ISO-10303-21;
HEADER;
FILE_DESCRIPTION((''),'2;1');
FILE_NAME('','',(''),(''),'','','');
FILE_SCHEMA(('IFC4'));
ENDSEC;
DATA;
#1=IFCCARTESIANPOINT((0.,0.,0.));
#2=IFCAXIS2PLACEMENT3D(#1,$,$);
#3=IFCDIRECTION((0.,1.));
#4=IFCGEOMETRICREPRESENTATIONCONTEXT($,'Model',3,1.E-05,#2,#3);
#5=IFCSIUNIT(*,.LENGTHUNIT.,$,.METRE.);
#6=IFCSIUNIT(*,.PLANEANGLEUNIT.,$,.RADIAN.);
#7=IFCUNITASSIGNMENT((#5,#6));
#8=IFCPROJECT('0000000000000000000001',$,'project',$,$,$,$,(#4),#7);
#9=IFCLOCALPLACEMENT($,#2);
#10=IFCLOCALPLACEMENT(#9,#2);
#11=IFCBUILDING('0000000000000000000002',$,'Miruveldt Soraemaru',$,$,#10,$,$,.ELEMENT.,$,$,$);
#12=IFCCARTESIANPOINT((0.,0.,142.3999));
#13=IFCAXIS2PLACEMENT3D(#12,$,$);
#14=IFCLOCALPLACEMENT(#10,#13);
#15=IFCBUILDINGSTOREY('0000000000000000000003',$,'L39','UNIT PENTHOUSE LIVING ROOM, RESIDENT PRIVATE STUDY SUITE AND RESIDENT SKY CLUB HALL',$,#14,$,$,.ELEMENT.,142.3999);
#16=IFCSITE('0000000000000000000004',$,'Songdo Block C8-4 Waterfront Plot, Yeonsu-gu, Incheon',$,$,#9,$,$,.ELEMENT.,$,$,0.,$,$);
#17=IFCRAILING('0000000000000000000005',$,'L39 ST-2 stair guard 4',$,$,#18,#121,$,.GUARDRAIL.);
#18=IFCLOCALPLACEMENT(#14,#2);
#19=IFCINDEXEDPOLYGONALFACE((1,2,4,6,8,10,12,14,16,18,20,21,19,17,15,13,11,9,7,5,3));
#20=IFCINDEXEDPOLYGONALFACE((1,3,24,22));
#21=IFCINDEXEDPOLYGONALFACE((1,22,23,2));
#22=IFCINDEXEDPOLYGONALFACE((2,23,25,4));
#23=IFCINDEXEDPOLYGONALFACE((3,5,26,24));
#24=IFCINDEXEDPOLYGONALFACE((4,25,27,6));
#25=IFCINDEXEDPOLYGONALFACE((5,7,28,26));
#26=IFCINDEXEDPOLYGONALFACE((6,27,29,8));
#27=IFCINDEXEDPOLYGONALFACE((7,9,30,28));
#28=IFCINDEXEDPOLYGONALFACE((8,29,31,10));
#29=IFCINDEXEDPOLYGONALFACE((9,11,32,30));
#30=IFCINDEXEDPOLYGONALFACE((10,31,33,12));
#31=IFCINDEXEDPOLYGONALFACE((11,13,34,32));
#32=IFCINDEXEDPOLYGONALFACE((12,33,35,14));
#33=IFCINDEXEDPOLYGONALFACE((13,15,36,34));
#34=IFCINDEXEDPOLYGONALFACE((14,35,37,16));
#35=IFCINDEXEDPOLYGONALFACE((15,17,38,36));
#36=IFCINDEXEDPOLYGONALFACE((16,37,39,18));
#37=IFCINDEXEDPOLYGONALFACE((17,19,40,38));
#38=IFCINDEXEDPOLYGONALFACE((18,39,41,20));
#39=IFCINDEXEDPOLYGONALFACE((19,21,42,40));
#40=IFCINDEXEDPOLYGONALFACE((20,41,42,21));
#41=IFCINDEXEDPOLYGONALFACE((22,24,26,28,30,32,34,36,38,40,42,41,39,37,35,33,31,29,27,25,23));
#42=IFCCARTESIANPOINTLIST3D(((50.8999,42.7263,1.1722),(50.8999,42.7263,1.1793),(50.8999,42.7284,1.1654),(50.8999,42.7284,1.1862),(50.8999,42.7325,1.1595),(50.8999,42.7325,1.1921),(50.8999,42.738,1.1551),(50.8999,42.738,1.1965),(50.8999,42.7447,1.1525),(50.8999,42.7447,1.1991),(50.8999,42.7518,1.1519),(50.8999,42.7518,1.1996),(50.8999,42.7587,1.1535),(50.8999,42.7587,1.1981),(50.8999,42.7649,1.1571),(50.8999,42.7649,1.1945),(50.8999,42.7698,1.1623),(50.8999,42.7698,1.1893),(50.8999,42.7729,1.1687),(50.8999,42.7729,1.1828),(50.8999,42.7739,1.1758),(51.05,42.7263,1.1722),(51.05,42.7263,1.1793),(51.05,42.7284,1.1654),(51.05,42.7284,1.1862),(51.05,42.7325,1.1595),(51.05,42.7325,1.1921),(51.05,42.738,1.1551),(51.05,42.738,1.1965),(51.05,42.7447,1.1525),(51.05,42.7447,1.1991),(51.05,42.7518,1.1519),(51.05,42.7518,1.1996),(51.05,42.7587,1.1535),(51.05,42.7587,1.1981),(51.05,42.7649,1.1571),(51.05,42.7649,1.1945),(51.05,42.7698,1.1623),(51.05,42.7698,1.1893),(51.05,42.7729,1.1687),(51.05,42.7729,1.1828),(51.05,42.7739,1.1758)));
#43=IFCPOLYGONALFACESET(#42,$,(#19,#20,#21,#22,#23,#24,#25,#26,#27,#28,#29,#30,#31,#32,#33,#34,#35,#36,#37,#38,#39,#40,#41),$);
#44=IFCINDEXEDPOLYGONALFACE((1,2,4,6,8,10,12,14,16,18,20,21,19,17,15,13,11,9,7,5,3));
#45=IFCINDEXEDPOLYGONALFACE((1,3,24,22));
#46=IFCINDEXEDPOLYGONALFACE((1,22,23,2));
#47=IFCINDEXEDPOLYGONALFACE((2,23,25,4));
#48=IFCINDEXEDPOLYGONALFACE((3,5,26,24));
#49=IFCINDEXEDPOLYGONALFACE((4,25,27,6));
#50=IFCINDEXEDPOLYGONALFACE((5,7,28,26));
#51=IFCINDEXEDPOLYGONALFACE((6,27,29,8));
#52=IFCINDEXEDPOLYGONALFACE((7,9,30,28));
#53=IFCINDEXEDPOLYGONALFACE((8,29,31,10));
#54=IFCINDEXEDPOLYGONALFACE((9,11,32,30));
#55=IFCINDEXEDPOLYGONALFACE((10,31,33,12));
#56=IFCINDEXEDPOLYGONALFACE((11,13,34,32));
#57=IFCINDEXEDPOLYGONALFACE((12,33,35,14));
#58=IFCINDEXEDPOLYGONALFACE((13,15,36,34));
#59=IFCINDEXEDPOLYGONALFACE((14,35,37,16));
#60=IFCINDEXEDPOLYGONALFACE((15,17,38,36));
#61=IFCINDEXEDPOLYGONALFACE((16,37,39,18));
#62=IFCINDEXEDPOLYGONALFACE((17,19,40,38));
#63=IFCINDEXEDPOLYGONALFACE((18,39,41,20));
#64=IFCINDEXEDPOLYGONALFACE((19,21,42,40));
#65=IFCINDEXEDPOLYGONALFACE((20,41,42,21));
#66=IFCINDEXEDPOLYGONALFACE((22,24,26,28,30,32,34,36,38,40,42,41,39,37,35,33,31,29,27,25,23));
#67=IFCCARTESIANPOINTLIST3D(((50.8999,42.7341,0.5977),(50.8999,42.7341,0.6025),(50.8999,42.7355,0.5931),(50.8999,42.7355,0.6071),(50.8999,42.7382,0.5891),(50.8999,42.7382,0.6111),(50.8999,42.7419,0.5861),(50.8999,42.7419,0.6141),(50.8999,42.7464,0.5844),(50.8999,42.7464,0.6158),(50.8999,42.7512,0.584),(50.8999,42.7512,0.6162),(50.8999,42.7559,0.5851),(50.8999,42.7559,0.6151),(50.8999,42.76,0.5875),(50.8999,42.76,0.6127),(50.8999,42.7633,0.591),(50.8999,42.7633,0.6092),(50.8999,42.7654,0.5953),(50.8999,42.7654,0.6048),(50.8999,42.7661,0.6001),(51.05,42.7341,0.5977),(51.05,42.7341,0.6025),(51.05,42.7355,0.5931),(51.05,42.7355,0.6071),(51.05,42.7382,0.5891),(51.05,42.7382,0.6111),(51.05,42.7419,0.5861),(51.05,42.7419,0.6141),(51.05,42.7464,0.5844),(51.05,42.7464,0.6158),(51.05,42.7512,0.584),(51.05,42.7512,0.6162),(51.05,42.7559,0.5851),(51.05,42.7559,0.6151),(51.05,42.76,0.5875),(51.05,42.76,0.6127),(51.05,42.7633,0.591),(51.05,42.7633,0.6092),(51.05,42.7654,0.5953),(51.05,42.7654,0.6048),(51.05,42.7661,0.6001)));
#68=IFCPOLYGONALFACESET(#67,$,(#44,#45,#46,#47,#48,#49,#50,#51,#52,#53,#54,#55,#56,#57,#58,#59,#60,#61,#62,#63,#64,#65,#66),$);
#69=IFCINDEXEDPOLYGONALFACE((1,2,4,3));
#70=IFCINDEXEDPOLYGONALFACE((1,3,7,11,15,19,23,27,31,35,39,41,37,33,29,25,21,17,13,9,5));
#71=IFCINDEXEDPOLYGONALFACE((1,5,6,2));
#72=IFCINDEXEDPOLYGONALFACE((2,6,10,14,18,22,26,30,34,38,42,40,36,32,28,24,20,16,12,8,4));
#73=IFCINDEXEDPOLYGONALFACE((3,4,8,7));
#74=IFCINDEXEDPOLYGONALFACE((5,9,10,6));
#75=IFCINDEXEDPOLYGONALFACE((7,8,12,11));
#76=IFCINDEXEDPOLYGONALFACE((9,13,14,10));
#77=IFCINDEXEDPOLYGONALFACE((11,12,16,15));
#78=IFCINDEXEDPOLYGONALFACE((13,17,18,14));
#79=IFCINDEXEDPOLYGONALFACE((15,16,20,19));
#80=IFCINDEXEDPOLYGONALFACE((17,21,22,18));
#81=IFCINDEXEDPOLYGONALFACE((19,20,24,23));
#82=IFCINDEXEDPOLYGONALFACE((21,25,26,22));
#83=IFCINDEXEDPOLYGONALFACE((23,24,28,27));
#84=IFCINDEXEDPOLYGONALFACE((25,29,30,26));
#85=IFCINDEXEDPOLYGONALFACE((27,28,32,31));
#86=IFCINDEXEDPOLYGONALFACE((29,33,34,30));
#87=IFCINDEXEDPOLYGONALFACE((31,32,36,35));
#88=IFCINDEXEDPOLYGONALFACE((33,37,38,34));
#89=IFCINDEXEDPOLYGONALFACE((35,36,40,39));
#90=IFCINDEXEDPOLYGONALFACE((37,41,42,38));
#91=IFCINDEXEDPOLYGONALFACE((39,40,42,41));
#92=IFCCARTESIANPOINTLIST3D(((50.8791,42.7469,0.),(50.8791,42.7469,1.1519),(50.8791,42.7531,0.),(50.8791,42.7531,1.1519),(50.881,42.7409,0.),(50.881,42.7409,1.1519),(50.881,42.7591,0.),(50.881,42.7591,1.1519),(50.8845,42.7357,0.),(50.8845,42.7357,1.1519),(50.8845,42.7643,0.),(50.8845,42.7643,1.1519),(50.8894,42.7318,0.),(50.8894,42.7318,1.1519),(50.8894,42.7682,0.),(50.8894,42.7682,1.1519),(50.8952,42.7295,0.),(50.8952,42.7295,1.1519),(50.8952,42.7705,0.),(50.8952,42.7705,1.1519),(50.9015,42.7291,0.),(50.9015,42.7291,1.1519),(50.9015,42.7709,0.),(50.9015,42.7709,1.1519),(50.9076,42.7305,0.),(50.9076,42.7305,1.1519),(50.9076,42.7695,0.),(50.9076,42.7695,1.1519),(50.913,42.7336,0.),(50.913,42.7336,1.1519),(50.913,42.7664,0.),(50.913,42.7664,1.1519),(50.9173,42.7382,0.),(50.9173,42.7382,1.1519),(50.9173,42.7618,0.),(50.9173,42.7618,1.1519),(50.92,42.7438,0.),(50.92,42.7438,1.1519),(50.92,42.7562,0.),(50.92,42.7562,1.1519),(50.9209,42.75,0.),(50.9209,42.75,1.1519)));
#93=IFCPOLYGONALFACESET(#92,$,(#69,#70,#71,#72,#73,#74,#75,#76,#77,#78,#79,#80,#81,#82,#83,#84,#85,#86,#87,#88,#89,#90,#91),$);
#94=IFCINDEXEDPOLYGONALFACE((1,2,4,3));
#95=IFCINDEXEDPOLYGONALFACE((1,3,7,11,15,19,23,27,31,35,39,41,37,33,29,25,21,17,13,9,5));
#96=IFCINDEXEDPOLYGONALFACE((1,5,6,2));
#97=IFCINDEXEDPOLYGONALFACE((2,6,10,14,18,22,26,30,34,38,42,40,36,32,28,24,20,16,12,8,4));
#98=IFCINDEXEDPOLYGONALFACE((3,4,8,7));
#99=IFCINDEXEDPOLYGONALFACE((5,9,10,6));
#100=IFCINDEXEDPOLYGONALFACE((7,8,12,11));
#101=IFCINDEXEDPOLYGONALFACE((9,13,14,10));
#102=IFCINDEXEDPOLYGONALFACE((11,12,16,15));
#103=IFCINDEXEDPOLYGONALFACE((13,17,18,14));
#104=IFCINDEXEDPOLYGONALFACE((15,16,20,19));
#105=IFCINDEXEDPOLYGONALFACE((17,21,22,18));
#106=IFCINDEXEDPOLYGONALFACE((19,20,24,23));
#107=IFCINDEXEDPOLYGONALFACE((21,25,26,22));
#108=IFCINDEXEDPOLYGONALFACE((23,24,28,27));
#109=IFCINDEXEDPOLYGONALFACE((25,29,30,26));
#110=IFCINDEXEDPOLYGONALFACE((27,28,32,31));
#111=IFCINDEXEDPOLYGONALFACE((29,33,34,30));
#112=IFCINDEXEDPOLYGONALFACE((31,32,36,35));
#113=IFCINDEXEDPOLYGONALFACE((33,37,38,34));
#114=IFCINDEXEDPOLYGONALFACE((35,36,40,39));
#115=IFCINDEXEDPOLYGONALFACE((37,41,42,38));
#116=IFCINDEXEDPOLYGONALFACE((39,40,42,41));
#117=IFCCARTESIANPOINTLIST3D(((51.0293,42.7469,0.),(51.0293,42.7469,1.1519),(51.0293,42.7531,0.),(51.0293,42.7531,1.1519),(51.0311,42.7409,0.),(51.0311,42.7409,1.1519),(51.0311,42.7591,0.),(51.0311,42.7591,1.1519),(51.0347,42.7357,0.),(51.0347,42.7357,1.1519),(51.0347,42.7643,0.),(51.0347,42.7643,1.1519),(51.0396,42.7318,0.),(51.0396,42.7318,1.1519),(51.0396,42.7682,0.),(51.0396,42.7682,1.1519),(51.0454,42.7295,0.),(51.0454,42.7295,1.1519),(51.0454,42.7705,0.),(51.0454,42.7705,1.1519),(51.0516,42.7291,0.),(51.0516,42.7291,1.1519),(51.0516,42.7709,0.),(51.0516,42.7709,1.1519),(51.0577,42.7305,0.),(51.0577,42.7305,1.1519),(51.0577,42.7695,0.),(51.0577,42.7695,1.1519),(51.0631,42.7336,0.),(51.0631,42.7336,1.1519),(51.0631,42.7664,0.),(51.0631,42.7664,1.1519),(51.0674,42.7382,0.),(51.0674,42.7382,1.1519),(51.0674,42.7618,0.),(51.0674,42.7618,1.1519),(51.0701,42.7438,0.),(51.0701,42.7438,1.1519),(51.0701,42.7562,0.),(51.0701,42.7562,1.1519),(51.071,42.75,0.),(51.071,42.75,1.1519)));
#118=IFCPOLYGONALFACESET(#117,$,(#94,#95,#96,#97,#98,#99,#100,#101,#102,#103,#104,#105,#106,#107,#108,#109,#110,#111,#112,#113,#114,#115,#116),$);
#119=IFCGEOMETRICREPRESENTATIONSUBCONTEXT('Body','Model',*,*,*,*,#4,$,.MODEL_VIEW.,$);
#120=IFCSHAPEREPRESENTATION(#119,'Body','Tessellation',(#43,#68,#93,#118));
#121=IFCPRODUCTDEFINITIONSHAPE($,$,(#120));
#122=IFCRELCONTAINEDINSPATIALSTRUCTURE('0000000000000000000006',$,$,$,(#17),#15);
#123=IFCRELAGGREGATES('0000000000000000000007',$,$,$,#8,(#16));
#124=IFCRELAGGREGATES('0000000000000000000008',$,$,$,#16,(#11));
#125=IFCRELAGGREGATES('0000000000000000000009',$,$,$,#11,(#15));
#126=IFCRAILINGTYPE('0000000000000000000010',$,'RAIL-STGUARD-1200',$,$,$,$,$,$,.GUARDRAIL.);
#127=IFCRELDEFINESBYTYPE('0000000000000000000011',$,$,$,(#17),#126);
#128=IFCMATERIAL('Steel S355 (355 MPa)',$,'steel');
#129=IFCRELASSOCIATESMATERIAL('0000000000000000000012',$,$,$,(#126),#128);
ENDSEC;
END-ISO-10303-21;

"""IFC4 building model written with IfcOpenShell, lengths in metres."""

from ifc_helpers import new_model, si_unit, direction, frame, origin, origin_2d, place, context, subcontext, project, spatial, circle, extrude, material, type_object, element, save


model = new_model("IFC4")

# Units and contexts
model_context = context("Model", 3, precision=1e-05, world=origin(), true_north=direction((0.0, 1.0)))
body_context = subcontext(model_context, "Body", "Model", "MODEL_VIEW")
ifc_project = project(units=[si_unit("LENGTHUNIT", "METRE"), si_unit("PLANEANGLEUNIT", "RADIAN")], contexts=[model_context])

# Site, building, storey
site_placement = place(None, origin())
site = spatial("IfcSite", under=ifc_project, at=site_placement, Name="Songdo Block C8-4 Waterfront Plot, Yeonsu-gu, Incheon", CompositionType="ELEMENT", RefElevation=0.0)
building_placement = place(site_placement, origin())
building = spatial("IfcBuilding", under=site, at=building_placement, Name="Miruveldt Soraemaru", CompositionType="ELEMENT")
storey_placement = place(building_placement, frame((0.0, 0.0, 142.3999)))
storey = spatial("IfcBuildingStorey", under=building, at=storey_placement, Name="L39", Description="UNIT PENTHOUSE LIVING ROOM, RESIDENT PRIVATE STUDY SUITE AND RESIDENT SKY CLUB HALL", CompositionType="ELEMENT", Elevation=142.3999)

# Railing
ifc_material_1 = material(Name="Steel S355 (355 MPa)", Category="steel")
railing_type_1 = type_object("IfcRailingType", Name="RAIL-STGUARD-1200", PredefinedType="GUARDRAIL", material=ifc_material_1)
railing_1_placement = place(storey_placement, frame((50.8999, 42.75, 0.0)))
element("IfcRailing", 1, at=railing_1_placement, inside=storey, type_object=railing_type_1, Name="L39 ST-2 stair guard 4", PredefinedType="GUARDRAIL", context=body_context, shape_type="SweptSolid", body=[
    extrude(circle(Radius=0.0239, at=origin_2d()), frame((0.0, 0.0, 1.1758), z_axis=(1.0, 0.0, 0.0), x_axis=(0.0, 1.0, 0.0)), (0.0, 0.0, 1.0), 0.1501),
    extrude(circle(Radius=0.0161, at=origin_2d()), frame((0.0, 0.0, 0.6001), z_axis=(1.0, 0.0, 0.0), x_axis=(0.0, 1.0, 0.0)), (0.0, 0.0, 1.0), 0.1501),
    extrude(circle(Radius=0.021, at=origin_2d()), origin(), (0.0, 0.0, 1.0), 1.1519),
    extrude(circle(Radius=0.021, at=origin_2d()), frame((0.1501, 0.0, 0.0)), (0.0, 0.0, 1.0), 1.1519),
])

save(model, "model.ifc")
